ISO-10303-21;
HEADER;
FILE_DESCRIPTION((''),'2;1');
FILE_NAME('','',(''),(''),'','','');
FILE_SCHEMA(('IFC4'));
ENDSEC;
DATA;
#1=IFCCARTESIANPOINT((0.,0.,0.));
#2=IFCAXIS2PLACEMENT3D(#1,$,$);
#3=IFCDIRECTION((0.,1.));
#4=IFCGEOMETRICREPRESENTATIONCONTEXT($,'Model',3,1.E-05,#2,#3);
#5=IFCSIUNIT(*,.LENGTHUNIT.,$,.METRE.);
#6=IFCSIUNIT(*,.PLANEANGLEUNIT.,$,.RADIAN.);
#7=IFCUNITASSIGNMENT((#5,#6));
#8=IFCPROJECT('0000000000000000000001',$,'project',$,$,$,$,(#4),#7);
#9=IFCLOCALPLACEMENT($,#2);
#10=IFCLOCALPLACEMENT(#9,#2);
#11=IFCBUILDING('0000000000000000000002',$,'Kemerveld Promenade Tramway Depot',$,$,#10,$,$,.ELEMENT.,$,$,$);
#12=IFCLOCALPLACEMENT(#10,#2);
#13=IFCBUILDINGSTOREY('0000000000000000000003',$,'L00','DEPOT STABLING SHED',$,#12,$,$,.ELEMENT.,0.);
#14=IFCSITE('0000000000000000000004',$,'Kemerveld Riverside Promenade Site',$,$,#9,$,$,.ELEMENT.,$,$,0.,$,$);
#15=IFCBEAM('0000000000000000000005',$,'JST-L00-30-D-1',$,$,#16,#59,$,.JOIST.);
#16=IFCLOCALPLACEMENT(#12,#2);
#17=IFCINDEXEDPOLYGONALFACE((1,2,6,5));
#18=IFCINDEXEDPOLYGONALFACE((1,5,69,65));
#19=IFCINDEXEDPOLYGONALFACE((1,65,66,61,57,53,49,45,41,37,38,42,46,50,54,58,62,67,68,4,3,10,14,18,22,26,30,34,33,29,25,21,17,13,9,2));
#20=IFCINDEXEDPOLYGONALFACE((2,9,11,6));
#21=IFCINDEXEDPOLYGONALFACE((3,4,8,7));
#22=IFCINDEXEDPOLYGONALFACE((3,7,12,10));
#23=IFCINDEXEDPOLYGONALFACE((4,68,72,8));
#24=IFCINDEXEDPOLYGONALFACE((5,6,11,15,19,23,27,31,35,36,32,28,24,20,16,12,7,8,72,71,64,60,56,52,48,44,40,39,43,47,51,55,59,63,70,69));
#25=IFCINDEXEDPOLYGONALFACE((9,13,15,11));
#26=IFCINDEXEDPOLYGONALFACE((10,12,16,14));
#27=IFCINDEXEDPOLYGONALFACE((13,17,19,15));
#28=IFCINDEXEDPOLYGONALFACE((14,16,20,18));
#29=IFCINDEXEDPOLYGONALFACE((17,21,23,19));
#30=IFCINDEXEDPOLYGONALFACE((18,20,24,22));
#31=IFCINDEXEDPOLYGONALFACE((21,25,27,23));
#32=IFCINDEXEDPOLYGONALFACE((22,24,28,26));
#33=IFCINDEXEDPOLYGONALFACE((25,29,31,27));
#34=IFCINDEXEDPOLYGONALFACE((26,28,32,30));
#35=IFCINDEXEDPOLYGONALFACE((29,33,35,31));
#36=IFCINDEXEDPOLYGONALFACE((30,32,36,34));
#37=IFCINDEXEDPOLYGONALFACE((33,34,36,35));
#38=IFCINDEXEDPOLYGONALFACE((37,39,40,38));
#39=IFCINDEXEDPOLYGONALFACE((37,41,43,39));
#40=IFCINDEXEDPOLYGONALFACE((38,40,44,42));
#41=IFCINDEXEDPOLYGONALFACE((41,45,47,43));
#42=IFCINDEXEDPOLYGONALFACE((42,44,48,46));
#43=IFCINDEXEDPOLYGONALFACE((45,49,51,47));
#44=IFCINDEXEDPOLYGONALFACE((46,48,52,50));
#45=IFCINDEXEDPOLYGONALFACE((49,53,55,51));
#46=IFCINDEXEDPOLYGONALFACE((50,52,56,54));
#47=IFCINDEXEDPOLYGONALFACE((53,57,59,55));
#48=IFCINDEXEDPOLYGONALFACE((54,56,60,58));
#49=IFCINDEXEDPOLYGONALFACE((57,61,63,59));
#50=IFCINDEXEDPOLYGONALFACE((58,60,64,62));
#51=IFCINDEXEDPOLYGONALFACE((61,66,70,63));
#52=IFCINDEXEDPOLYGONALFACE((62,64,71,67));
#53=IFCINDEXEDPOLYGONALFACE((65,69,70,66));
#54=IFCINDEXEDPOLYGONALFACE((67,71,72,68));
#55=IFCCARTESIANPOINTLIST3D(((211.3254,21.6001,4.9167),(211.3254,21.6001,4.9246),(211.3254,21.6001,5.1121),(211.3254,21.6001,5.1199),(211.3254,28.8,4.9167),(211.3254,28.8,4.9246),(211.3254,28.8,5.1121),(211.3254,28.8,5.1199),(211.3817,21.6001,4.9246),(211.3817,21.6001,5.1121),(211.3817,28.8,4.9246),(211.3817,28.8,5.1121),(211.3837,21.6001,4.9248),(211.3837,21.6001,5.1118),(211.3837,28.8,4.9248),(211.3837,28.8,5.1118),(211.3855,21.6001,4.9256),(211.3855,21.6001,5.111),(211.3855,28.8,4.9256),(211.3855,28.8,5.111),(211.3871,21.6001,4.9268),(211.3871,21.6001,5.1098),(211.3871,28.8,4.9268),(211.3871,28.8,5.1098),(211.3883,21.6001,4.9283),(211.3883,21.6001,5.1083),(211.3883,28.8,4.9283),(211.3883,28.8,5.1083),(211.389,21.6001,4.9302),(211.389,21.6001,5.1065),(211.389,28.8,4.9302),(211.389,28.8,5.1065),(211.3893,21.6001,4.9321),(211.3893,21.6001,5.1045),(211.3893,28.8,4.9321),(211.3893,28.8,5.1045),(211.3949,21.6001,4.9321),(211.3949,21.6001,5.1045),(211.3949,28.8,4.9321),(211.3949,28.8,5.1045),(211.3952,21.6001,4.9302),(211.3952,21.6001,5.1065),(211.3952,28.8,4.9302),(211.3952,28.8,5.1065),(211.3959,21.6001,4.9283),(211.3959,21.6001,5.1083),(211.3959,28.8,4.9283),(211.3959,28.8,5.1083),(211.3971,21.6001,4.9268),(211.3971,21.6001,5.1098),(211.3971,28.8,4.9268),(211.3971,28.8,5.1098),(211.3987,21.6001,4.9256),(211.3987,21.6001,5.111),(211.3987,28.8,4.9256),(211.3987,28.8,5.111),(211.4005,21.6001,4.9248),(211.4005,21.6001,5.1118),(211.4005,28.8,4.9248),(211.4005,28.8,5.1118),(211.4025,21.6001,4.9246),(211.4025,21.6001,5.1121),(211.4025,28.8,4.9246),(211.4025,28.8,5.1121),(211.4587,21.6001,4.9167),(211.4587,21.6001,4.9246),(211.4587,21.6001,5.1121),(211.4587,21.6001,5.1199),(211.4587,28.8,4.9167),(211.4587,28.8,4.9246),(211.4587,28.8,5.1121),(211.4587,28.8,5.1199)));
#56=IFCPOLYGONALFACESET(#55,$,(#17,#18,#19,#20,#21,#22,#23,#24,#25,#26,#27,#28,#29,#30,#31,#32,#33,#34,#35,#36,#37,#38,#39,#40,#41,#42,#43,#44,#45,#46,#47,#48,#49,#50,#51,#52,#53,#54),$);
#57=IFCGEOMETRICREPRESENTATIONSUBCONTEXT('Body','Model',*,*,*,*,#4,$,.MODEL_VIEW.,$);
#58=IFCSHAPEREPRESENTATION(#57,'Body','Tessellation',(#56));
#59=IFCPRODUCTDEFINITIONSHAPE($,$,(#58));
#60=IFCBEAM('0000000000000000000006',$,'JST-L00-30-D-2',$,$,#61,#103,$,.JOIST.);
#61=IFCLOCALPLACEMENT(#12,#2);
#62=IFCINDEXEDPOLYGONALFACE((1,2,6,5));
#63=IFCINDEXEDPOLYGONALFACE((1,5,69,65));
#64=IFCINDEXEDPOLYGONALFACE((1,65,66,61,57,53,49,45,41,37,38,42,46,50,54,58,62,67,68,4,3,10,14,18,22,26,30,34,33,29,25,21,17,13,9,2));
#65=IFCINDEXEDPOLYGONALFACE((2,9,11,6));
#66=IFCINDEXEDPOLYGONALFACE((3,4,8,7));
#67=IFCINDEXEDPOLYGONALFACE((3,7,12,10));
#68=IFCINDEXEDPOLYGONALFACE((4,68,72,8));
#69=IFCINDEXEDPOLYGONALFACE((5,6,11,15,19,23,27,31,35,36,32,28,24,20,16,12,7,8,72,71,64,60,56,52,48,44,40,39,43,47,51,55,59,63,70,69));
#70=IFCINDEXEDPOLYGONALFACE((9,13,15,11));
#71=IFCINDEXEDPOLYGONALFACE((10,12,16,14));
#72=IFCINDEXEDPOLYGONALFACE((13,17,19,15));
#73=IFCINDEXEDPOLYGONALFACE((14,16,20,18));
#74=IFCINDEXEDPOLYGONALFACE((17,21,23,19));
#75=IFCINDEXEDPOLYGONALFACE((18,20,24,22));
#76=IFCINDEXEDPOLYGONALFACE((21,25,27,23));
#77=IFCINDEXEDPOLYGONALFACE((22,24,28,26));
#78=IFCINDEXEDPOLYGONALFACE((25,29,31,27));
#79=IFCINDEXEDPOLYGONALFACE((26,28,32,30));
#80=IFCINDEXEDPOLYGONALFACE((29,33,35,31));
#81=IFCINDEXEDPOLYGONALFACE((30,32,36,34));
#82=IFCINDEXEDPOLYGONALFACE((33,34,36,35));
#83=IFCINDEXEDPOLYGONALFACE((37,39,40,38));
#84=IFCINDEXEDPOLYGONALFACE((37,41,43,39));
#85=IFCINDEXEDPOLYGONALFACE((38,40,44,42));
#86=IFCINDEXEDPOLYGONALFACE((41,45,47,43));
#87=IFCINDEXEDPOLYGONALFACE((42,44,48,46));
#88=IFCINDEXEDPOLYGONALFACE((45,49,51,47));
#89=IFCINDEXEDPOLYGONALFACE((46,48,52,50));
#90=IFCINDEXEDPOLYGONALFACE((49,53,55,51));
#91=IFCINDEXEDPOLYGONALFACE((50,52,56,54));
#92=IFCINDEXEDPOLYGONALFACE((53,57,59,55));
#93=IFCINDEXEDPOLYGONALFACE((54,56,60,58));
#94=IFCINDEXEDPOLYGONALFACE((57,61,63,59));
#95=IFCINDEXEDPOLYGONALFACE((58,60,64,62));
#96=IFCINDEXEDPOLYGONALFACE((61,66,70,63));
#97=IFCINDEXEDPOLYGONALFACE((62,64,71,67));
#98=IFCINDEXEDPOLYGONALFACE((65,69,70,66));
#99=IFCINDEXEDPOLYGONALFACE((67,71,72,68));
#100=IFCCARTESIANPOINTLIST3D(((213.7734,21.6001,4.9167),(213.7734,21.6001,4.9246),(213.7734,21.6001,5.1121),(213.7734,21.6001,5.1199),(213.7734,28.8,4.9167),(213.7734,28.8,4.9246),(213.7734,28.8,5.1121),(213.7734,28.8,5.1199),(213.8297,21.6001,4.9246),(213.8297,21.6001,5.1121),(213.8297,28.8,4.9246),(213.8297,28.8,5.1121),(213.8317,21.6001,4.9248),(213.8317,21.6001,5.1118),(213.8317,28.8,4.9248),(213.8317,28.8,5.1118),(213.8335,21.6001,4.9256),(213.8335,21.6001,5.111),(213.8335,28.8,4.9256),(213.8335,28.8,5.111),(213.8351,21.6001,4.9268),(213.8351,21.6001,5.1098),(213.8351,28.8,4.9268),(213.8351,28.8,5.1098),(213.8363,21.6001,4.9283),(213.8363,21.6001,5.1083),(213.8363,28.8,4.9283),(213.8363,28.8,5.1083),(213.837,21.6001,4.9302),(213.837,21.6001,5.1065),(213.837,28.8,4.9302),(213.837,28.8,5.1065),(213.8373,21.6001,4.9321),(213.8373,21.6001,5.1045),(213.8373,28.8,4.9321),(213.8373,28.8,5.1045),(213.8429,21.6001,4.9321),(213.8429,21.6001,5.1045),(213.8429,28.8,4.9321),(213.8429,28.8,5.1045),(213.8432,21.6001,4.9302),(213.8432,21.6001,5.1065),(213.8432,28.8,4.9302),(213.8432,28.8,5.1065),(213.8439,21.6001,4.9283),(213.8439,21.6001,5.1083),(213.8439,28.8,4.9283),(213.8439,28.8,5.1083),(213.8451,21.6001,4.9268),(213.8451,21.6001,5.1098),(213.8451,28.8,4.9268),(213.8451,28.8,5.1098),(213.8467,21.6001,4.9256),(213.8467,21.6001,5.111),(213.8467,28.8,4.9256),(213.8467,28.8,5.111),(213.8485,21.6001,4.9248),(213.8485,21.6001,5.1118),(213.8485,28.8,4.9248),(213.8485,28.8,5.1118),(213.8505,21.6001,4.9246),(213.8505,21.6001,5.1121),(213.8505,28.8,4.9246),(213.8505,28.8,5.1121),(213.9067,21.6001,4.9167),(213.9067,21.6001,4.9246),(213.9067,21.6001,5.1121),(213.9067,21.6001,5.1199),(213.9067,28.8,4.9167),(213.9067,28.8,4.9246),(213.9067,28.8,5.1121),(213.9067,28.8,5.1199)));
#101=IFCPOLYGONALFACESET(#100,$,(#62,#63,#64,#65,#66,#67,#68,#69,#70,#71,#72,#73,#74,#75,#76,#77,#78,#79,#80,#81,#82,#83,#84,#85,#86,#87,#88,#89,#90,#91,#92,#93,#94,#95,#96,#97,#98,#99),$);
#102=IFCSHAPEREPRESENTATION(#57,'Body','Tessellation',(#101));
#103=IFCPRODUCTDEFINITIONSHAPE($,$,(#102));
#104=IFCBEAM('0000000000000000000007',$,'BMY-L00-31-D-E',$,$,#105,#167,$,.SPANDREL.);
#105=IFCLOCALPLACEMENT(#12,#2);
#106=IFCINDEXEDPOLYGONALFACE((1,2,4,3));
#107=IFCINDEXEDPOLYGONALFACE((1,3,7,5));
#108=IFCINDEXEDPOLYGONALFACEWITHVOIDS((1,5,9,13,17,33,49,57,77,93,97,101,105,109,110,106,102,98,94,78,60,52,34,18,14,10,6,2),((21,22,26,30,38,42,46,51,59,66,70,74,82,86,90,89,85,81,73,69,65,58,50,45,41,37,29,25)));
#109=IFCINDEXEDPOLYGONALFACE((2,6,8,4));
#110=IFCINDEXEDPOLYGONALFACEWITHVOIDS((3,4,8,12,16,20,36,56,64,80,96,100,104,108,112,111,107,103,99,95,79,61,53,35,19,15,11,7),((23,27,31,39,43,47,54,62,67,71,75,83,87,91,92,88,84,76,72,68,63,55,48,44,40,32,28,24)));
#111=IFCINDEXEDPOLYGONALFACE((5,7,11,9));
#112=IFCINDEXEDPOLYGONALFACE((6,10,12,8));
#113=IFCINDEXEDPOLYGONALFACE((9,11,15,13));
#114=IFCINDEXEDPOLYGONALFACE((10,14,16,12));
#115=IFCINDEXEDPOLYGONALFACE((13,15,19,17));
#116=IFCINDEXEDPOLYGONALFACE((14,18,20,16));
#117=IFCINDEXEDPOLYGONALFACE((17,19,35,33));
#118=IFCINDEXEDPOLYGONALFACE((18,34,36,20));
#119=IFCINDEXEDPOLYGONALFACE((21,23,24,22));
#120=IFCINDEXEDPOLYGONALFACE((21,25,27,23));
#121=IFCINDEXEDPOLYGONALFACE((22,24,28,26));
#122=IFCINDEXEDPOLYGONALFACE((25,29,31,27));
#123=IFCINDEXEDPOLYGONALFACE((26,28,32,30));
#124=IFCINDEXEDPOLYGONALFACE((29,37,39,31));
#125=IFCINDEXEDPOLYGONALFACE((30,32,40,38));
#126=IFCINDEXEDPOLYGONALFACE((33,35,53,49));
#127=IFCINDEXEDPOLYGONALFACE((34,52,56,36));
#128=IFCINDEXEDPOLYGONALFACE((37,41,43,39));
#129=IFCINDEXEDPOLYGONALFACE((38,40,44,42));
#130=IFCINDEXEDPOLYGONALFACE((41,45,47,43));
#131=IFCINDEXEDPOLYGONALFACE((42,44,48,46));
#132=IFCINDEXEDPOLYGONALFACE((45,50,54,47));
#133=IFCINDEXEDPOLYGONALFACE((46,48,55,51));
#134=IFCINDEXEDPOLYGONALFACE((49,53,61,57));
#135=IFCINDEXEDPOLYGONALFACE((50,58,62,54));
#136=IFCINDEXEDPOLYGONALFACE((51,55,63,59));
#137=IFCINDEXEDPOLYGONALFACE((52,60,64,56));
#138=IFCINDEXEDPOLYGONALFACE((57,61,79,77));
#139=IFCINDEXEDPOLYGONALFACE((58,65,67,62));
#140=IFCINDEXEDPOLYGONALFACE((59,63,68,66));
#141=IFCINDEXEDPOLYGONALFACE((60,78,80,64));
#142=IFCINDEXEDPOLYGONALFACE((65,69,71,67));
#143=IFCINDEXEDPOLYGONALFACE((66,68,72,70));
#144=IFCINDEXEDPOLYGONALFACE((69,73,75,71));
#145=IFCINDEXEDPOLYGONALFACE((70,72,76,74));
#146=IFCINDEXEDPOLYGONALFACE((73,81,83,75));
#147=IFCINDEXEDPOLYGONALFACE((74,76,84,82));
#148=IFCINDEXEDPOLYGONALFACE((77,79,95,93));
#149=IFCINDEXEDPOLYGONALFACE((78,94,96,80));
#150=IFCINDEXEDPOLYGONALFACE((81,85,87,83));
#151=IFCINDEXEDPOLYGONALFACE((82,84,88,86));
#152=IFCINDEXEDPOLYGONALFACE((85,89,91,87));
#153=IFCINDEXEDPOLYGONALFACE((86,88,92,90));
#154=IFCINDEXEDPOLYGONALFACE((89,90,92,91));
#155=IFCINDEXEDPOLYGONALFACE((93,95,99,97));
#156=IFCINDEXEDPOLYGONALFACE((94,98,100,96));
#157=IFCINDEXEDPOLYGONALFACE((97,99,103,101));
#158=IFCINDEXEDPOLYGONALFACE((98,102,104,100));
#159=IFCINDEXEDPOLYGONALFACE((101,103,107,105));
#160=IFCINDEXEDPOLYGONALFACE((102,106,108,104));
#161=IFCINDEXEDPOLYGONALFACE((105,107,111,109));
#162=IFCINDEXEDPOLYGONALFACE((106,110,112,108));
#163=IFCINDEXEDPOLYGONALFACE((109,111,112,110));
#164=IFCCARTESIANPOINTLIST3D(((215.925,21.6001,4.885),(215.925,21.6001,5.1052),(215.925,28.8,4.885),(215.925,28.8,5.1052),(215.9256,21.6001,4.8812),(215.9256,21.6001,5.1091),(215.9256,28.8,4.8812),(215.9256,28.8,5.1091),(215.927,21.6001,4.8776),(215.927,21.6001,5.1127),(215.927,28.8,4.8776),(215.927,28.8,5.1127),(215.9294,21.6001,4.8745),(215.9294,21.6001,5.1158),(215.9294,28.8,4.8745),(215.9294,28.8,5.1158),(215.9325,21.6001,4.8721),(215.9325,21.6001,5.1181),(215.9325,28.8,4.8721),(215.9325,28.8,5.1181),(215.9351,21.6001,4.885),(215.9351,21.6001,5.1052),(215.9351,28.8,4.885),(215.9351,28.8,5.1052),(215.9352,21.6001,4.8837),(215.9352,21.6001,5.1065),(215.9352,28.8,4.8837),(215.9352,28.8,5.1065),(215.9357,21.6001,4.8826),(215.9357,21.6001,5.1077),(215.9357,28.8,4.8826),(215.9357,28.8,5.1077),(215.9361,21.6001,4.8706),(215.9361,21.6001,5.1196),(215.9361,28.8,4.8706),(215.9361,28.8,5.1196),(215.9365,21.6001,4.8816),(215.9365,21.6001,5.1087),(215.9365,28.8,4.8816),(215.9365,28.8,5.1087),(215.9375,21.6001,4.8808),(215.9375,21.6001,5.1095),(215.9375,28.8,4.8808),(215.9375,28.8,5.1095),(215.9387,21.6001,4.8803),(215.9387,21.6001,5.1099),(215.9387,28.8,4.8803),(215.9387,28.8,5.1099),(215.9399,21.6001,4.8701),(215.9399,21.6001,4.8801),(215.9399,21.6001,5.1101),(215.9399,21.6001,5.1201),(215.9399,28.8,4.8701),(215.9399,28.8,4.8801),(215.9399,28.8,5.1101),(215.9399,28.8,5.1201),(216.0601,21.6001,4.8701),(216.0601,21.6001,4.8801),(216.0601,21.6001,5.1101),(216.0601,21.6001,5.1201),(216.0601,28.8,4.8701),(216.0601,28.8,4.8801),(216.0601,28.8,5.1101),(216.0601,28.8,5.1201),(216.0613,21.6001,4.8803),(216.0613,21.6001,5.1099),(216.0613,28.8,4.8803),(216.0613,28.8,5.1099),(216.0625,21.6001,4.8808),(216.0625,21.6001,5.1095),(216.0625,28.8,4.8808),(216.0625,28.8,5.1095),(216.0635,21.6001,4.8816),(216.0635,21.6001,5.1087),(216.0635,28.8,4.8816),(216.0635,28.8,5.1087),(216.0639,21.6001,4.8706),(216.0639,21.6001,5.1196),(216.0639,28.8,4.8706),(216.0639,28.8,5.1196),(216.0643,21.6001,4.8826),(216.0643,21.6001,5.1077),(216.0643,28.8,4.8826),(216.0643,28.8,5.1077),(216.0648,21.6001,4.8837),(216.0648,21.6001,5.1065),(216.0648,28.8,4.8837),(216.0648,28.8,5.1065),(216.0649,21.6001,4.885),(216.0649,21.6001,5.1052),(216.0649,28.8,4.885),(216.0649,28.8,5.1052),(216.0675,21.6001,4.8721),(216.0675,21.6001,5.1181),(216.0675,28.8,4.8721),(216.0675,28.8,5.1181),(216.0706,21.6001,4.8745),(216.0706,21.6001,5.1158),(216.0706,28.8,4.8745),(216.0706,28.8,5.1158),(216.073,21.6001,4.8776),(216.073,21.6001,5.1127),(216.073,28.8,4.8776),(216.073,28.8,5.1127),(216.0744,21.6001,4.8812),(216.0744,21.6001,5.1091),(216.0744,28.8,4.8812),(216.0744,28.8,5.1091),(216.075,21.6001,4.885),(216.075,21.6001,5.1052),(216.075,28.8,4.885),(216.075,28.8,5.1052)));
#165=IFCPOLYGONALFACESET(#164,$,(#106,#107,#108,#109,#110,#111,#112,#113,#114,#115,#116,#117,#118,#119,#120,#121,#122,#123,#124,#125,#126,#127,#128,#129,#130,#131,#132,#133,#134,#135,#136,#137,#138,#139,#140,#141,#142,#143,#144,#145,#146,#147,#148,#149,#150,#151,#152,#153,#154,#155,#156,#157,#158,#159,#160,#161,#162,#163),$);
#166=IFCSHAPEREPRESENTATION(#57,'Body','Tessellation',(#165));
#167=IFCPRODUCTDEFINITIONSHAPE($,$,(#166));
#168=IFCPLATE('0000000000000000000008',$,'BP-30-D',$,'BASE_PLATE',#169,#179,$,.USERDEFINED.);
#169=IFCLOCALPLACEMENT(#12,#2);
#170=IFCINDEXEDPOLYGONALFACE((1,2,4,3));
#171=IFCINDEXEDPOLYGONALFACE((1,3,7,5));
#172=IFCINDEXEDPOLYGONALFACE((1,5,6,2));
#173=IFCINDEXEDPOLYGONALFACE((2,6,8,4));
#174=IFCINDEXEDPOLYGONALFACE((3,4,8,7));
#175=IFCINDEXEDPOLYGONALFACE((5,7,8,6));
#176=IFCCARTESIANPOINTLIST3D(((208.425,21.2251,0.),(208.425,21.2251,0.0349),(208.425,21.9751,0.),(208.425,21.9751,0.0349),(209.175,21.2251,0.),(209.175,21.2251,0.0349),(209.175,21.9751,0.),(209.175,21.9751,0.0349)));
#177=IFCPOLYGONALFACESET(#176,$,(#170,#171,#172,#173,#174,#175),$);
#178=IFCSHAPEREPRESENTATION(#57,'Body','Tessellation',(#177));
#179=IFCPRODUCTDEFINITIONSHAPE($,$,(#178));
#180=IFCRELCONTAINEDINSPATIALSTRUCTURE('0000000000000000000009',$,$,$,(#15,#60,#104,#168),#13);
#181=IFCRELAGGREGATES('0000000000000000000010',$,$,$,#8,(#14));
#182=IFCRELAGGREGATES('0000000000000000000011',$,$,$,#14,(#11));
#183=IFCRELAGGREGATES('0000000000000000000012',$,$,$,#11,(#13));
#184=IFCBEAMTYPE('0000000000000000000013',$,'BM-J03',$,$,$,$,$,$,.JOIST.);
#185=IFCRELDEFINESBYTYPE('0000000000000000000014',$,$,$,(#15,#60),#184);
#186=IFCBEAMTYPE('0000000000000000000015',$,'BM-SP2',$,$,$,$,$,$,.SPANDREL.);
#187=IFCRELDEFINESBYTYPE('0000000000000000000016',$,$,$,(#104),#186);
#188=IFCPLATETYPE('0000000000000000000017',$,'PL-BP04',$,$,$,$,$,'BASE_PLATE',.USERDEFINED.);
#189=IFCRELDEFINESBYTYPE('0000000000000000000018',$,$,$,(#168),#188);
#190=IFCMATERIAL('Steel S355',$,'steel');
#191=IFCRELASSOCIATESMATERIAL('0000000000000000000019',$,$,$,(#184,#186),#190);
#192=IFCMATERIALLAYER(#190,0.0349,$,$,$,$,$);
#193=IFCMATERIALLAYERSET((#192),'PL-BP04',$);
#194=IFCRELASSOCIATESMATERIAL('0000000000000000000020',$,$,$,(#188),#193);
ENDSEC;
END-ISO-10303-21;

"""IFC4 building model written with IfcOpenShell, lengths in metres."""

from ifc_helpers import new_model, si_unit, direction, frame, origin, origin_2d, place, context, subcontext, project, spatial, rectangle, hollow_rectangle, i_section, extrude, material, layer, layer_set, material_profile, profile_set, type_object, element, save


model = new_model("IFC4")

# Units and contexts
model_context = context("Model", 3, precision=1e-05, world=origin(), true_north=direction((0.0, 1.0)))
body_context = subcontext(model_context, "Body", "Model", "MODEL_VIEW")
ifc_project = project(units=[si_unit("LENGTHUNIT", "METRE"), si_unit("PLANEANGLEUNIT", "RADIAN")], contexts=[model_context])

# Site, building, storey
site_placement = place(None, origin())
site = spatial("IfcSite", under=ifc_project, at=site_placement, Name="Kemerveld Riverside Promenade Site", CompositionType="ELEMENT", RefElevation=0.0)
building_placement = place(site_placement, origin())
building = spatial("IfcBuilding", under=site, at=building_placement, Name="Kemerveld Promenade Tramway Depot", CompositionType="ELEMENT")
storey_placement = place(building_placement, origin())
storey = spatial("IfcBuildingStorey", under=building, at=storey_placement, Name="L00", Description="DEPOT STABLING SHED", CompositionType="ELEMENT", Elevation=0.0)

# Shared definitions
ifc_material_1 = material(Name="Steel S355", Category="steel")

# Beams
ifc_material_profile_1 = material_profile(ifc_material_1, i_section(OverallWidth=0.1333, OverallDepth=0.2031, WebThickness=0.0056, FlangeThickness=0.0078, FilletRadius=0.0076, at=origin_2d()), Name="203x133x25 UB")
ifc_profile_set_1 = profile_set([ifc_material_profile_1], Name="Steel S355")
beam_type_1 = type_object("IfcBeamType", Name="BM-J03", PredefinedType="JOIST", material=ifc_profile_set_1)
for number, where, z_axis, x_axis, name in (
    (1, (211.3921, 21.6001, 5.0183), (0.0, 1.0, 0.0), (-1.0, 0.0, 0.0), "JST-L00-30-D-1"),
    (2, (213.8401, 21.6001, 5.0183), (0.0, 1.0, 0.0), (-1.0, 0.0, 0.0), "JST-L00-30-D-2"),
):
    element("IfcBeam", number, at=place(storey_placement, frame(where, z_axis=z_axis, x_axis=x_axis)), inside=storey, type_object=beam_type_1, Name=name, PredefinedType="JOIST", context=body_context, shape_type="SweptSolid", body=[
        extrude(i_section(OverallWidth=0.1333, OverallDepth=0.2031, WebThickness=0.0056, FlangeThickness=0.0078, FilletRadius=0.0076, at=origin_2d()), origin(), (0.0, 0.0, 1.0), 7.2),
    ])
ifc_material_profile_2 = material_profile(ifc_material_1, hollow_rectangle(XDim=0.1499, YDim=0.25, WallThickness=0.01, InnerFilletRadius=0.0049, OuterFilletRadius=0.0149, at=origin_2d()), Name="250x150x10.0 RHS")
ifc_profile_set_2 = profile_set([ifc_material_profile_2], Name="Steel S355")
beam_type_2 = type_object("IfcBeamType", Name="BM-SP2", PredefinedType="SPANDREL", material=ifc_profile_set_2)
beam_1_placement = place(storey_placement, frame((216.0, 21.6001, 4.9951), z_axis=(0.0, 1.0, 0.0), x_axis=(-1.0, 0.0, 0.0)))
element("IfcBeam", 3, at=beam_1_placement, inside=storey, type_object=beam_type_2, Name="BMY-L00-31-D-E", PredefinedType="SPANDREL", context=body_context, shape_type="SweptSolid", body=[
    extrude(hollow_rectangle(XDim=0.1499, YDim=0.25, WallThickness=0.01, InnerFilletRadius=0.0049, OuterFilletRadius=0.0149, at=origin_2d()), origin(), (0.0, 0.0, 1.0), 7.2),
])

# Plate
ifc_layer_1 = layer(ifc_material_1, 0.0349)
ifc_layer_set_1 = layer_set([ifc_layer_1], Name="PL-BP04")
plate_type = type_object("IfcPlateType", Name="PL-BP04", ElementType="BASE_PLATE", PredefinedType="USERDEFINED", material=ifc_layer_set_1)
plate_placement = place(storey_placement, frame((208.8, 21.6001, 0.0), z_axis=(0.0, 0.0, 1.0), x_axis=(1.0, 0.0, 0.0)))
element("IfcPlate", 4, at=plate_placement, inside=storey, type_object=plate_type, Name="BP-30-D", ObjectType="BASE_PLATE", PredefinedType="USERDEFINED", context=body_context, shape_type="SweptSolid", body=[
    extrude(rectangle(XDim=0.75, YDim=0.75, at=origin_2d()), origin(), (0.0, 0.0, 1.0), 0.0349),
])

save(model, "model.ifc")
